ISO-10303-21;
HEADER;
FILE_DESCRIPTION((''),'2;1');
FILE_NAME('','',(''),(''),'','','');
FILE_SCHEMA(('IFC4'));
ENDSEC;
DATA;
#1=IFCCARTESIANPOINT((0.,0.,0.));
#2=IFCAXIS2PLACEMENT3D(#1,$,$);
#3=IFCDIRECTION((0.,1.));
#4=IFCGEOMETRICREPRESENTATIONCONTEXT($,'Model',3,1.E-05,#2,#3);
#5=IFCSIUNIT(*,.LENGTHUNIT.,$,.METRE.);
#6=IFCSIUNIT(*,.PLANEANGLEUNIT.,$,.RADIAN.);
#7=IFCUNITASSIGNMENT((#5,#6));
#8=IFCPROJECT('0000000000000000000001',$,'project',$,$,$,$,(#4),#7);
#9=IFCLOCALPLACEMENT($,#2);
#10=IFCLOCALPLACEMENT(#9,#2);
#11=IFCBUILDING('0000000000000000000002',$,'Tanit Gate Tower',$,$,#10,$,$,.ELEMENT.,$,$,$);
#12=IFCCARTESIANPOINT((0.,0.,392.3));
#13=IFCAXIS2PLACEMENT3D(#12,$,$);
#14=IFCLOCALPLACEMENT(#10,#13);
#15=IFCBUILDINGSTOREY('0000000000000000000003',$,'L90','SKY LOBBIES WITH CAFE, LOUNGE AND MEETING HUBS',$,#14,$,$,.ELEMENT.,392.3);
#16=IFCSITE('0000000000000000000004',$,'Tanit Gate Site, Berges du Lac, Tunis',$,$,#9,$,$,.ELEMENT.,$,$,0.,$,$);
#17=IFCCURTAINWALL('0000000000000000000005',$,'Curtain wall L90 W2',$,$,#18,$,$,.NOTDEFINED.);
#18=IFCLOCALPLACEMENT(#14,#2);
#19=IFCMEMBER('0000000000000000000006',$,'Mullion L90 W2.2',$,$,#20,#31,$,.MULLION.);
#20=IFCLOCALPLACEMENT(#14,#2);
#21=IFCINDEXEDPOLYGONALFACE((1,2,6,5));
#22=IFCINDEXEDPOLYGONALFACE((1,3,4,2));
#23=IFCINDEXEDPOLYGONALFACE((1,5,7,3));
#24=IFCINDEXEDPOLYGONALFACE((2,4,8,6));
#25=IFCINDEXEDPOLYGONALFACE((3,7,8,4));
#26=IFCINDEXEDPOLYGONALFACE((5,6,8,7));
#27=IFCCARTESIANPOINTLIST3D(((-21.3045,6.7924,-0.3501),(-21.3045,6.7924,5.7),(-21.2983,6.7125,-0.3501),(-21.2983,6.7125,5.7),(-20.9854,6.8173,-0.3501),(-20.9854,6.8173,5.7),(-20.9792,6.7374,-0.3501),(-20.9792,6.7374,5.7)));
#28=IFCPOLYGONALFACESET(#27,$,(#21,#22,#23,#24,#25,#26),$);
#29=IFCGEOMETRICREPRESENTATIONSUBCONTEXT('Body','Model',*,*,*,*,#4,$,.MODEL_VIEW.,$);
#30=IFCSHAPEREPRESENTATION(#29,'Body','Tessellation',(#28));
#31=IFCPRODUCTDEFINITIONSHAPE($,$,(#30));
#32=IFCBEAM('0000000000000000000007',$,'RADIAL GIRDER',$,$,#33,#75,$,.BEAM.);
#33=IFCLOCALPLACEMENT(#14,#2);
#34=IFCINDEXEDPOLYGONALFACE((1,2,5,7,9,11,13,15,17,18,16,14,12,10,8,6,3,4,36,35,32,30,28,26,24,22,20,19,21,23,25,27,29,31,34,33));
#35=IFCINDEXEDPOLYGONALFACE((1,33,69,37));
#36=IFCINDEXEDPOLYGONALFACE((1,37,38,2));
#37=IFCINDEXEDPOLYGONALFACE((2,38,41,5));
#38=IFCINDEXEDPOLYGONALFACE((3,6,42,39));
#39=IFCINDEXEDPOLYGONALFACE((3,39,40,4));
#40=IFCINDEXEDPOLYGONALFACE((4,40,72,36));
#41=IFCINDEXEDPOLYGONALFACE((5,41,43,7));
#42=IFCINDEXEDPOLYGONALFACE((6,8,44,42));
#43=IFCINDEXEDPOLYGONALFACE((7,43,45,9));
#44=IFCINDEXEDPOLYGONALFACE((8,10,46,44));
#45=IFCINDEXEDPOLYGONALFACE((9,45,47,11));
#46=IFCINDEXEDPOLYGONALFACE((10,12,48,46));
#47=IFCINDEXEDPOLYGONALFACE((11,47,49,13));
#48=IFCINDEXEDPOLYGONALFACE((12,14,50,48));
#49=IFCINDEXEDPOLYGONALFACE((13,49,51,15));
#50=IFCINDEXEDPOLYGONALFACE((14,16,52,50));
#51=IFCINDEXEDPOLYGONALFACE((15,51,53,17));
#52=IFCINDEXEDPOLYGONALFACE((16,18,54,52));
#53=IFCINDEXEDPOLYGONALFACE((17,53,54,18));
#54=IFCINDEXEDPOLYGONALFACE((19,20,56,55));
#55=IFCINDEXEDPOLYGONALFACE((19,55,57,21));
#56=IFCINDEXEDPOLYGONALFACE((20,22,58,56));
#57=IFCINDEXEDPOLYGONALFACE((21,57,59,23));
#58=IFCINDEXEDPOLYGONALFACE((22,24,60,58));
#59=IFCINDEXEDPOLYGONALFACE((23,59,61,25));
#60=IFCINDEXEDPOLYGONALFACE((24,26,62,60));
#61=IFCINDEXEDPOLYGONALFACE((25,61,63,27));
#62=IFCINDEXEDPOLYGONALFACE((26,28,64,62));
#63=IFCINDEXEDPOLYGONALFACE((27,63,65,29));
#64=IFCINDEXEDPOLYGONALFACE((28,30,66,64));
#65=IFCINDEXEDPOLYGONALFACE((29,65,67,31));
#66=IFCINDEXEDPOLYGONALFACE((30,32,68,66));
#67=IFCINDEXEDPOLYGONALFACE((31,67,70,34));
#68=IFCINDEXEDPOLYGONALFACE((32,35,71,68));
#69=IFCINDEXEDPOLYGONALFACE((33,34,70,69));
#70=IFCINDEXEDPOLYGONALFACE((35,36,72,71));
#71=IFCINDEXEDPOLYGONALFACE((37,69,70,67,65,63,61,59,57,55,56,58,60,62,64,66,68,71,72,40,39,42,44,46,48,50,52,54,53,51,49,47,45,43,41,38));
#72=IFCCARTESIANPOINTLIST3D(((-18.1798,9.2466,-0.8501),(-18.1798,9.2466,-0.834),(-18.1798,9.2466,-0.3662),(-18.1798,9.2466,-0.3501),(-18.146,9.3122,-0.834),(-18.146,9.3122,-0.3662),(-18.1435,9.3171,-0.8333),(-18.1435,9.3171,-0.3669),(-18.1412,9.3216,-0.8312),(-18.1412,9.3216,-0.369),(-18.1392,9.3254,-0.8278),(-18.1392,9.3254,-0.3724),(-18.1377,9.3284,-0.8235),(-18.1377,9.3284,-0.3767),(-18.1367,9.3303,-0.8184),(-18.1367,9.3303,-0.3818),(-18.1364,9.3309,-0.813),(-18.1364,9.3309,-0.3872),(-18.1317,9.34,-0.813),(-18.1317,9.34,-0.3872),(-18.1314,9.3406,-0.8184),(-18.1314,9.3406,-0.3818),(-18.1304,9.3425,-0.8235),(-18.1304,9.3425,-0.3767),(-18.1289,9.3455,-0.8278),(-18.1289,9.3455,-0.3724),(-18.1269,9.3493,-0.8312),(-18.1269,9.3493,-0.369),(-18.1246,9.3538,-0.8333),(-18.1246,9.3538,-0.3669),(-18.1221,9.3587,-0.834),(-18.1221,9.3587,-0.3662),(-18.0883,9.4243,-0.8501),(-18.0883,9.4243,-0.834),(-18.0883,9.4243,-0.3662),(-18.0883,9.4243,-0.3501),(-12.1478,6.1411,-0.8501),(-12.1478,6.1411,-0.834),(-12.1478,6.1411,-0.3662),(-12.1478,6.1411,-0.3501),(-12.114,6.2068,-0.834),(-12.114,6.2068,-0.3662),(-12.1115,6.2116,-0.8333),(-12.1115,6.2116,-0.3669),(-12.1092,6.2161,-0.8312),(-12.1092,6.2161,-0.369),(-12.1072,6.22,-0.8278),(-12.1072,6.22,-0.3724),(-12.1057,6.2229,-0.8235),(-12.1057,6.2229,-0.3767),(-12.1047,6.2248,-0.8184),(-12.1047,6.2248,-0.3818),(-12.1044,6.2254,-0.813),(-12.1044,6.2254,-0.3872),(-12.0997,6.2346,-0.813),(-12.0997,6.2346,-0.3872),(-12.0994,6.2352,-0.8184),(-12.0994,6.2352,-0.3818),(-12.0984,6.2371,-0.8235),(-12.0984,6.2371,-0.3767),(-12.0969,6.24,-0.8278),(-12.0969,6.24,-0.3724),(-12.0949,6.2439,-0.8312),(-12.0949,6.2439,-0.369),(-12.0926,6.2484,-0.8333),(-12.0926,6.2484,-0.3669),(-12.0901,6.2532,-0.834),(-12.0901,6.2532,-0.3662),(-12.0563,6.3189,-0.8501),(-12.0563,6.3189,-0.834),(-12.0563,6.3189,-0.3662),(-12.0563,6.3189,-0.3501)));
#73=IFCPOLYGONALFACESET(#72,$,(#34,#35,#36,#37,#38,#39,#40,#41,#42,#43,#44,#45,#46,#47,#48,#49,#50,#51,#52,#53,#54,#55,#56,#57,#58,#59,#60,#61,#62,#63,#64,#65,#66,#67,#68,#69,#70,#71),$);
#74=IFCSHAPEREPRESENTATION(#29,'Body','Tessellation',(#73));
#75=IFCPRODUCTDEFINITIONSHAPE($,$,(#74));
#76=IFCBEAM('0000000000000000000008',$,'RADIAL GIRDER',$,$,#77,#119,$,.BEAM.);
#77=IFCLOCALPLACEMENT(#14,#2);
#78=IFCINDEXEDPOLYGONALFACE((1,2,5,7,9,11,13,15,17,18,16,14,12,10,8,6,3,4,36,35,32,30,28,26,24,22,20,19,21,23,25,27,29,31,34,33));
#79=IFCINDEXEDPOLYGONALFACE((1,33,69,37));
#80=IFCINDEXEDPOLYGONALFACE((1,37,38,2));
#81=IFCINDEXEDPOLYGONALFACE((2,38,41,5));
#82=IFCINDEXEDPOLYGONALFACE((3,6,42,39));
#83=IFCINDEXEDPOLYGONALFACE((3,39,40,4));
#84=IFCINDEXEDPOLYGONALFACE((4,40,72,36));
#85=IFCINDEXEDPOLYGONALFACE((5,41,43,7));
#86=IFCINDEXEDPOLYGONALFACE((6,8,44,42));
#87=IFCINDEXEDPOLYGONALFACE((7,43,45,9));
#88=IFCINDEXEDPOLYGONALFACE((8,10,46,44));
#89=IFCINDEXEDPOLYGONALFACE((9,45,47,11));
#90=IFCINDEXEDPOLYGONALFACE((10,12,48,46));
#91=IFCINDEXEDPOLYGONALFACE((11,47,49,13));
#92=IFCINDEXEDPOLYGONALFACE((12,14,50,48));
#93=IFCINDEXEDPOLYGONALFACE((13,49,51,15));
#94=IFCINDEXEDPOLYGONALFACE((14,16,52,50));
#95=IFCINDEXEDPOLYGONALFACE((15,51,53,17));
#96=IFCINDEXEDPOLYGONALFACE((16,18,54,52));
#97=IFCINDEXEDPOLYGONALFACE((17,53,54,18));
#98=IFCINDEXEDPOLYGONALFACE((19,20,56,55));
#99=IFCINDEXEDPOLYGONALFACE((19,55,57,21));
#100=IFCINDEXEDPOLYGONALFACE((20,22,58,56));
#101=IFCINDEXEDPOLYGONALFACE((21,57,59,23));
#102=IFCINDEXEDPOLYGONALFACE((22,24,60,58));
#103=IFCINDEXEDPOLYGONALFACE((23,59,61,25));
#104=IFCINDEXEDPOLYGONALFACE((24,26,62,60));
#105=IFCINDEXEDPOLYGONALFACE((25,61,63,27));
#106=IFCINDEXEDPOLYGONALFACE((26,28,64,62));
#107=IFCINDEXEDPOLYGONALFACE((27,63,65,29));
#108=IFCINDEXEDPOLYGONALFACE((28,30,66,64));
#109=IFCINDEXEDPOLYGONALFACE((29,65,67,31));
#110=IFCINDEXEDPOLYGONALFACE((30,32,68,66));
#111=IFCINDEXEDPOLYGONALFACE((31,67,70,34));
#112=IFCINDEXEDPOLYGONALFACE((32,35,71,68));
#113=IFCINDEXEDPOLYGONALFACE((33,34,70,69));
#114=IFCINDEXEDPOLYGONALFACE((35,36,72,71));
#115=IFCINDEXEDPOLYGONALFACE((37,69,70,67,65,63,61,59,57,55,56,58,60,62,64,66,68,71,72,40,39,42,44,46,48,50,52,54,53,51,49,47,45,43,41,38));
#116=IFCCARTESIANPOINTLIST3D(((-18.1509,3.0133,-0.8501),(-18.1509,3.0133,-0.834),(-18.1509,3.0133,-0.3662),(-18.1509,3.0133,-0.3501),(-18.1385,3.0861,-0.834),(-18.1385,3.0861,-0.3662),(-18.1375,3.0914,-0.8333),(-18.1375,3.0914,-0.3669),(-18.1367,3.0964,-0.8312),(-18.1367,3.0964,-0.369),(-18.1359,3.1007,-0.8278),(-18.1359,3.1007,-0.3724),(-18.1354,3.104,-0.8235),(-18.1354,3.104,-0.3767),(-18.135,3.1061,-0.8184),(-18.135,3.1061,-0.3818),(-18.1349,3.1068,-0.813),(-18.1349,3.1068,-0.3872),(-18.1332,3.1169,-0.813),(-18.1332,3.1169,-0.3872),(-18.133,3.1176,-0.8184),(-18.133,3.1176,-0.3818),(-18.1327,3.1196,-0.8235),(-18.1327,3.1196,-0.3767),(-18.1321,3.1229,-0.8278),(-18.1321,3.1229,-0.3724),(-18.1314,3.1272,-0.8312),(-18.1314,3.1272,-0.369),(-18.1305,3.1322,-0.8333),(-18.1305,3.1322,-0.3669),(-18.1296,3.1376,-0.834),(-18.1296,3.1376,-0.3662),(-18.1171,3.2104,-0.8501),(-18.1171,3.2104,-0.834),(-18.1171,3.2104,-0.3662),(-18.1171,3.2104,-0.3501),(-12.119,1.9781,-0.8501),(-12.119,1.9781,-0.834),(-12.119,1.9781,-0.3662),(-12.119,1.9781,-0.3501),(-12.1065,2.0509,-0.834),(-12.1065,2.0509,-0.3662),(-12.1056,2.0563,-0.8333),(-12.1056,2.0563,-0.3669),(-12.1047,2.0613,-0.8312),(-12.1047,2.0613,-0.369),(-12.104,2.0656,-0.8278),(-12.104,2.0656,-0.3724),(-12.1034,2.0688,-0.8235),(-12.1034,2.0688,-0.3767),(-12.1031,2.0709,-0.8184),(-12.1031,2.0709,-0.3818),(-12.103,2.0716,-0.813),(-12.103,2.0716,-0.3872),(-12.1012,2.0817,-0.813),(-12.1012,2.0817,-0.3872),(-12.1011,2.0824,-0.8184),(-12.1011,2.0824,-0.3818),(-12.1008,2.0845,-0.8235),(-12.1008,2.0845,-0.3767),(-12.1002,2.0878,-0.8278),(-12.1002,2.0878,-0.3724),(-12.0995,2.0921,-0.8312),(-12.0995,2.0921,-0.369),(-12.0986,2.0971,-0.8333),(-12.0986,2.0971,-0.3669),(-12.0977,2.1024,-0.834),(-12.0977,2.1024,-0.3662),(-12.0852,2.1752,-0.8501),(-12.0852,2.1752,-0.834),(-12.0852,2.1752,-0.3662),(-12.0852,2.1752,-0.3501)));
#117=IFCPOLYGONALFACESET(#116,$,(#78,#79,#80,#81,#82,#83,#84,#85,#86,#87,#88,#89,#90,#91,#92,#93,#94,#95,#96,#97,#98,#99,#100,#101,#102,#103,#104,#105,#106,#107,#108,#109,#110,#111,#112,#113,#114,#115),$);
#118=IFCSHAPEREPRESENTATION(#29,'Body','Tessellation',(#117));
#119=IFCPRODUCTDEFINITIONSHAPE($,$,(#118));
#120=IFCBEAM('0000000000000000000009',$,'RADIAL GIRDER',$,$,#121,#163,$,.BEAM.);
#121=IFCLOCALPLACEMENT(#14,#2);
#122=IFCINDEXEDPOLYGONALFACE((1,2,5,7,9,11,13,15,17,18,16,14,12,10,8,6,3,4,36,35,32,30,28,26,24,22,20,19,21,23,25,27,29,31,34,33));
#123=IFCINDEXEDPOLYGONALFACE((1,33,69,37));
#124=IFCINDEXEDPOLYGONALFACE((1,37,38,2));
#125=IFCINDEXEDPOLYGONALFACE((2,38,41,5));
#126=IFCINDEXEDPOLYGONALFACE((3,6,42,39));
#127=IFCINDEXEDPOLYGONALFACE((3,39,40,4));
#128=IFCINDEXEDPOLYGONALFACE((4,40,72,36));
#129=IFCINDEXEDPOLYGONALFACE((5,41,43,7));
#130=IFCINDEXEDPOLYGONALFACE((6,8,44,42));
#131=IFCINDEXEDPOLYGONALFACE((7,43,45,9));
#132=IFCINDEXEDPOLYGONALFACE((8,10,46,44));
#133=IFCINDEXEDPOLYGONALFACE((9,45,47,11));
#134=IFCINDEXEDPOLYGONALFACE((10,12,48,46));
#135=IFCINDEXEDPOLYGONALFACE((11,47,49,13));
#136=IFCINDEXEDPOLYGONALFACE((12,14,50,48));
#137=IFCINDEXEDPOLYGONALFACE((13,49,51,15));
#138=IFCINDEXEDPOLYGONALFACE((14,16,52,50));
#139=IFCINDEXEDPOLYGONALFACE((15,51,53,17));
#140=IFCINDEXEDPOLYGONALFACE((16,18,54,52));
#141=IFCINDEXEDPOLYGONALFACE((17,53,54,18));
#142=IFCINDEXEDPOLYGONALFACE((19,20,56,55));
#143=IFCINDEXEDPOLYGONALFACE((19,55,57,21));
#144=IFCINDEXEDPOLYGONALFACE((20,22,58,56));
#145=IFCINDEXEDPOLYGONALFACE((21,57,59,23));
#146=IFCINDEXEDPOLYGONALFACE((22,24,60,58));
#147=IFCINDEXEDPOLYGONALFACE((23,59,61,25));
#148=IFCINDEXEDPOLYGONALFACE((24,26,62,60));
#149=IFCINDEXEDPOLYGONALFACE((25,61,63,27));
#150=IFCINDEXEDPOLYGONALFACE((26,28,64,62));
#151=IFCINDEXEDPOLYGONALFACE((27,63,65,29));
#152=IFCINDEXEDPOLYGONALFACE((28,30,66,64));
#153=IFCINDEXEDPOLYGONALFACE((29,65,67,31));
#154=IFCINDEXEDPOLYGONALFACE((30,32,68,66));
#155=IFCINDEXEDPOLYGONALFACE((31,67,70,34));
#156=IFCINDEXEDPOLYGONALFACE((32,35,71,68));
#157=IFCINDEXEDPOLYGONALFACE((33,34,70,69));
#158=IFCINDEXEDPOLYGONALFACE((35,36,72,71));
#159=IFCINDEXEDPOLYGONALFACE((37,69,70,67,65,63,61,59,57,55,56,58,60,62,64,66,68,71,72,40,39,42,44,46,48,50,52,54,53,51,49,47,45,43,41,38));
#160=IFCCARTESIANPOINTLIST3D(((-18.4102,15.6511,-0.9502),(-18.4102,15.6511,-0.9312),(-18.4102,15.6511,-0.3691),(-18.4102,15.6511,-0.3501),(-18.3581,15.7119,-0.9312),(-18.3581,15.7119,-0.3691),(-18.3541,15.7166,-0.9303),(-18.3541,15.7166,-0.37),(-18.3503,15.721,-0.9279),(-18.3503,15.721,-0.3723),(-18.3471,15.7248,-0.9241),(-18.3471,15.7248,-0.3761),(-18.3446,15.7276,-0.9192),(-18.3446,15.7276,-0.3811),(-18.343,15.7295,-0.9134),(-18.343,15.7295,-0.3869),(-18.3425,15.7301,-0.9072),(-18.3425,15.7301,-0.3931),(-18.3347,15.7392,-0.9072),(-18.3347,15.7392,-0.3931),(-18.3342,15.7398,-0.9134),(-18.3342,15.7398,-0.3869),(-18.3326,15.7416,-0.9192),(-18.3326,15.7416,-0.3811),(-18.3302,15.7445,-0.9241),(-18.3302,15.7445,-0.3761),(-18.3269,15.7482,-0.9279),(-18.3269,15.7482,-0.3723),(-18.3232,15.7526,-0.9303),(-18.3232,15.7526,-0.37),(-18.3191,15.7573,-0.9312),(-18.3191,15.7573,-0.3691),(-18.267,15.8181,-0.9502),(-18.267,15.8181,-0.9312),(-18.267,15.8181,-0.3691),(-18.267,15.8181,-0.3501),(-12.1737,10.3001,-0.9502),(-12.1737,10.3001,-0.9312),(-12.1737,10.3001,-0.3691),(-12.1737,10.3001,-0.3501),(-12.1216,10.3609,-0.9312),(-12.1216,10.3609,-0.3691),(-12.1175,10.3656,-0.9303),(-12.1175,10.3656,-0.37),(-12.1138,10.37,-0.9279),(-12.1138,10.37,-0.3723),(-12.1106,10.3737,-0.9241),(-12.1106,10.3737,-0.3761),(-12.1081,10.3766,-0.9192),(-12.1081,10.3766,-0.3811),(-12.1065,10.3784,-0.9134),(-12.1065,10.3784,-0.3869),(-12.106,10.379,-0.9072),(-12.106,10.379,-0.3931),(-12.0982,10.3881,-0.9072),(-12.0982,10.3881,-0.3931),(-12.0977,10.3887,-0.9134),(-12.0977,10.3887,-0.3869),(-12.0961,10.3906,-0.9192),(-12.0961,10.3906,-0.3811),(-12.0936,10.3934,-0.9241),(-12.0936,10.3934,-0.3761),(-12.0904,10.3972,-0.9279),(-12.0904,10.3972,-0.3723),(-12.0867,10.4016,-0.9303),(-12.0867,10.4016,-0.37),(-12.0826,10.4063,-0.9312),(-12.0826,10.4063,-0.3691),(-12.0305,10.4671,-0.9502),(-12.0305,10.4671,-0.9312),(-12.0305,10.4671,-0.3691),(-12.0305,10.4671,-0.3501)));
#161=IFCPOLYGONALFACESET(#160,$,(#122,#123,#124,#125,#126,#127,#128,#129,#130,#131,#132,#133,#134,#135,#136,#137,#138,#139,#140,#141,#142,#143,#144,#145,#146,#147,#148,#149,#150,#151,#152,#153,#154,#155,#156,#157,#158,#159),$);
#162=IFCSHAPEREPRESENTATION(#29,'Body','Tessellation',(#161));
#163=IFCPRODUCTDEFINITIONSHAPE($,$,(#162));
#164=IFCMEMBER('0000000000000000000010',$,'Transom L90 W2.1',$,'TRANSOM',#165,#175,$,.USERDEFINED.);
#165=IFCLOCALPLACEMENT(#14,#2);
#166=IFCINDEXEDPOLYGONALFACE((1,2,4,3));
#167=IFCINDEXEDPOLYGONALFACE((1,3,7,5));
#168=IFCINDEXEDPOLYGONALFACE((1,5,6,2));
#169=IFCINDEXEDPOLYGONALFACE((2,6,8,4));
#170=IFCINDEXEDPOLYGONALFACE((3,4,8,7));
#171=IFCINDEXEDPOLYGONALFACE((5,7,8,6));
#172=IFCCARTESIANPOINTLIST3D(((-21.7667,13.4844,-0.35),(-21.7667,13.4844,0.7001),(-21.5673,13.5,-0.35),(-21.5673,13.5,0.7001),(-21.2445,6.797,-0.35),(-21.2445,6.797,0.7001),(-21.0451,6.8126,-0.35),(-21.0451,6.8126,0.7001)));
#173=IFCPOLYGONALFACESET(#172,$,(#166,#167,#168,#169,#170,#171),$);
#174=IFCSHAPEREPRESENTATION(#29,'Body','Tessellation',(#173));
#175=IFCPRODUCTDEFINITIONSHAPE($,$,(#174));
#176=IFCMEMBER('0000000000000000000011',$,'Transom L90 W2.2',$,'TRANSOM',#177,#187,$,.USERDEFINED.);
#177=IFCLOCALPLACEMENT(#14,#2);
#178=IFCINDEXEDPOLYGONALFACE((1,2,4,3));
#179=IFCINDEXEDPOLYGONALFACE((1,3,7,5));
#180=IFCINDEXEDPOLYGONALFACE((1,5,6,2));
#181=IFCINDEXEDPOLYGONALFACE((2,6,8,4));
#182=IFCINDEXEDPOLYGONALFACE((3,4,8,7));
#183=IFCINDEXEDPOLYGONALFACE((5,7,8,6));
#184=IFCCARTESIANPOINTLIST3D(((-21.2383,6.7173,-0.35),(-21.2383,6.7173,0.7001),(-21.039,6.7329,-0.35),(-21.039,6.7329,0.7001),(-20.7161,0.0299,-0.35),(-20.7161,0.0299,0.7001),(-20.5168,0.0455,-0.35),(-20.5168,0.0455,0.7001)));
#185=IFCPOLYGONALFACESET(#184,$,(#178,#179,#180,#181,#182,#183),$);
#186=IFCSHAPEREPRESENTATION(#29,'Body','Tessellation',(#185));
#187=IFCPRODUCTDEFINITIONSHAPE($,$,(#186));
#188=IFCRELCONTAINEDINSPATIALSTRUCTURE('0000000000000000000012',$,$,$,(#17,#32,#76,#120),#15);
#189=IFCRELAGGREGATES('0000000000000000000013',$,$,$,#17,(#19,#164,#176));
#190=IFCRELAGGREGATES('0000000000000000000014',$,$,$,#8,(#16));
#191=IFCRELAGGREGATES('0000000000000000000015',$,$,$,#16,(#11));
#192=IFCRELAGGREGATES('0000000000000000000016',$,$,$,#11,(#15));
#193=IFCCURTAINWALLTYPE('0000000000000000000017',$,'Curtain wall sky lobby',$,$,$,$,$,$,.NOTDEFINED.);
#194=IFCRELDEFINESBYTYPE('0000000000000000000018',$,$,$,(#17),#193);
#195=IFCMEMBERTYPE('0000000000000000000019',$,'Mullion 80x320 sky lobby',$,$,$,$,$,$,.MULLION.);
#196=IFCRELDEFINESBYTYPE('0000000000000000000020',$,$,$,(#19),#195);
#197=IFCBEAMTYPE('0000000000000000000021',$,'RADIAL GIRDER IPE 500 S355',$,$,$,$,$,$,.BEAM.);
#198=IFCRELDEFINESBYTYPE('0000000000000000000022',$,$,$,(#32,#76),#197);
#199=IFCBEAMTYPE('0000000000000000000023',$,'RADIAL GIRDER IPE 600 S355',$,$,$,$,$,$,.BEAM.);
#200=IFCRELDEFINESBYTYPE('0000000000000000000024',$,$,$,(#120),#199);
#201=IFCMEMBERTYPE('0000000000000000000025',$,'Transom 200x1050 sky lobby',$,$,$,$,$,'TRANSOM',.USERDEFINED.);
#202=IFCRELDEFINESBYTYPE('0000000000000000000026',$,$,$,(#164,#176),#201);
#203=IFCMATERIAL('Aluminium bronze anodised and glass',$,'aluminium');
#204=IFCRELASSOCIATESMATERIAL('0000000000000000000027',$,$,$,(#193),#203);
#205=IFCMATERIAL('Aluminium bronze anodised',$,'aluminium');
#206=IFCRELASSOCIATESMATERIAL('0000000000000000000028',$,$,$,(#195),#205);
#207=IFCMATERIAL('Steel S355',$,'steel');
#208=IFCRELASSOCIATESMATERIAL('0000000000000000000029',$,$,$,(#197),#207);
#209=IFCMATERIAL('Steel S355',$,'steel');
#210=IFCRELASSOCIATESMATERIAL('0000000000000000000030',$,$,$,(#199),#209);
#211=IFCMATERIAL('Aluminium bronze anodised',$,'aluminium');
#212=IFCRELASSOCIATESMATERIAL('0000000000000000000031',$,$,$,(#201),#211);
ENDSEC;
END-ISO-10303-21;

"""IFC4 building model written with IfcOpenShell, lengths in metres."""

from ifc_helpers import new_model, si_unit, direction, frame, origin, origin_2d, place, context, subcontext, project, spatial, rectangle, i_section, extrude, material, material_profile, profile_set, type_object, element, aggregate, save


model = new_model("IFC4")

# Units and contexts
model_context = context("Model", 3, precision=1e-05, world=origin(), true_north=direction((0.0, 1.0)))
body_context = subcontext(model_context, "Body", "Model", "MODEL_VIEW")
ifc_project = project(units=[si_unit("LENGTHUNIT", "METRE"), si_unit("PLANEANGLEUNIT", "RADIAN")], contexts=[model_context])

# Site, building, storey
site_placement = place(None, origin())
site = spatial("IfcSite", under=ifc_project, at=site_placement, Name="Tanit Gate Site, Berges du Lac, Tunis", CompositionType="ELEMENT", RefElevation=0.0)
building_placement = place(site_placement, origin())
building = spatial("IfcBuilding", under=site, at=building_placement, Name="Tanit Gate Tower", CompositionType="ELEMENT")
storey_placement = place(building_placement, frame((0.0, 0.0, 392.3)))
storey = spatial("IfcBuildingStorey", under=building, at=storey_placement, Name="L90", Description="SKY LOBBIES WITH CAFE, LOUNGE AND MEETING HUBS", CompositionType="ELEMENT", Elevation=392.3)

# Shared definitions
ifc_material_1 = material(Name="Aluminium bronze anodised and glass", Category="aluminium")
curtain_wall_type = type_object("IfcCurtainWallType", Name="Curtain wall sky lobby", PredefinedType="NOTDEFINED", material=ifc_material_1)
ifc_material_2 = material(Name="Aluminium bronze anodised", Category="aluminium")
ifc_material_profile_1 = material_profile(ifc_material_2, rectangle(XDim=0.3201, YDim=0.0801, at=origin_2d()), Name="80x320 bronze mullion")
ifc_profile_set_1 = profile_set([ifc_material_profile_1], Name="Aluminium bronze anodised")
member_type_1 = type_object("IfcMemberType", Name="Mullion 80x320 sky lobby", PredefinedType="MULLION", material=ifc_profile_set_1)

# Curtain wall, member
curtain_wall_1_placement = place(storey_placement, origin())
curtain_wall_1 = element("IfcCurtainWall", 1, at=curtain_wall_1_placement, inside=storey, type_object=curtain_wall_type, Name="Curtain wall L90 W2", PredefinedType="NOTDEFINED")
member_1_placement = place(storey_placement, frame((-21.1418, 6.7649, -0.3501), z_axis=(0.0, 0.0, 1.0), x_axis=(0.996966, 0.077839, 0.0)))
member_1 = element("IfcMember", 2, at=member_1_placement, type_object=member_type_1, Name="Mullion L90 W2.2", PredefinedType="MULLION", context=body_context, shape_type="SweptSolid", body=[
    extrude(rectangle(XDim=0.3201, YDim=0.0801, at=origin_2d()), origin(), (0.0, 0.0, 1.0), 6.05),
])

# Beams
ifc_material_3 = material(Name="Steel S355", Category="steel")
ifc_material_profile_2 = material_profile(ifc_material_3, i_section(OverallWidth=0.2, OverallDepth=0.5, WebThickness=0.0103, FlangeThickness=0.0161, FilletRadius=0.021, at=origin_2d()), Name="IPE 500")
ifc_profile_set_2 = profile_set([ifc_material_profile_2], Name="Steel S355")
beam_type_1 = type_object("IfcBeamType", Name="RADIAL GIRDER IPE 500 S355", PredefinedType="BEAM", material=ifc_profile_set_2)
beam_1_placement = place(storey_placement, frame((-18.134, 9.3354, -0.6001), z_axis=(0.88909, -0.457733, 0.0), x_axis=(0.457733, 0.88909, 0.0)))
element("IfcBeam", 3, at=beam_1_placement, inside=storey, type_object=beam_type_1, Name="RADIAL GIRDER", PredefinedType="BEAM", context=body_context, shape_type="SweptSolid", body=[
    extrude(i_section(OverallWidth=0.2, OverallDepth=0.5, WebThickness=0.0103, FlangeThickness=0.0161, FilletRadius=0.021, at=origin_2d()), origin(), (0.0, 0.0, 1.0), 6.7844),
])
beam_2_placement = place(storey_placement, frame((-18.134, 3.1118, -0.6001), z_axis=(0.985592, -0.169139, 0.0), x_axis=(0.169139, 0.985592, 0.0)))
element("IfcBeam", 4, at=beam_2_placement, inside=storey, type_object=beam_type_1, Name="RADIAL GIRDER", PredefinedType="BEAM", context=body_context, shape_type="SweptSolid", body=[
    extrude(i_section(OverallWidth=0.2, OverallDepth=0.5, WebThickness=0.0103, FlangeThickness=0.0161, FilletRadius=0.021, at=origin_2d()), origin(), (0.0, 0.0, 1.0), 6.1201),
])
ifc_material_4 = material(Name="Steel S355", Category="steel")
ifc_material_profile_3 = material_profile(ifc_material_4, i_section(OverallWidth=0.22, OverallDepth=0.6001, WebThickness=0.012, FlangeThickness=0.019, FilletRadius=0.0239, at=origin_2d()), Name="IPE 600")
ifc_profile_set_3 = profile_set([ifc_material_profile_3], Name="Steel S355")
beam_type_2 = type_object("IfcBeamType", Name="RADIAL GIRDER IPE 600 S355", PredefinedType="BEAM", material=ifc_profile_set_3)
beam_3_placement = place(storey_placement, frame((-18.3386, 15.7346, -0.6501), z_axis=(0.758929, -0.651173, 0.0), x_axis=(0.651173, 0.758929, 0.0)))
element("IfcBeam", 5, at=beam_3_placement, inside=storey, type_object=beam_type_2, Name="RADIAL GIRDER", PredefinedType="BEAM", context=body_context, shape_type="SweptSolid", body=[
    extrude(i_section(OverallWidth=0.22, OverallDepth=0.6001, WebThickness=0.012, FlangeThickness=0.019, FilletRadius=0.0239, at=origin_2d()), origin(), (0.0, 0.0, 1.0), 8.2175),
])

# Members
ifc_material_5 = material(Name="Aluminium bronze anodised", Category="aluminium")
ifc_material_profile_4 = material_profile(ifc_material_5, rectangle(XDim=0.2, YDim=1.05, at=origin_2d()), Name="200x1050 bronze transom")
ifc_profile_set_4 = profile_set([ifc_material_profile_4], Name="Aluminium bronze anodised")
member_type_2 = type_object("IfcMemberType", Name="Transom 200x1050 sky lobby", ElementType="TRANSOM", PredefinedType="USERDEFINED", material=ifc_profile_set_4)
member_2_placement = place(storey_placement, frame((-21.667, 13.4922, 0.175), z_axis=(0.077851, -0.996965, 0.0), x_axis=(0.996965, 0.077851, 0.0)))
member_2 = element("IfcMember", 6, at=member_2_placement, type_object=member_type_2, Name="Transom L90 W2.1", ObjectType="TRANSOM", PredefinedType="USERDEFINED", context=body_context, shape_type="SweptSolid", body=[
    extrude(rectangle(XDim=0.2, YDim=1.05, at=origin_2d()), origin(), (0.0, 0.0, 1.0), 6.7078),
])
member_3_placement = place(storey_placement, frame((-21.1387, 6.7251, 0.175), z_axis=(0.077851, -0.996965, 0.0), x_axis=(0.996965, 0.077851, 0.0)))
member_3 = element("IfcMember", 7, at=member_3_placement, type_object=member_type_2, Name="Transom L90 W2.2", ObjectType="TRANSOM", PredefinedType="USERDEFINED", context=body_context, shape_type="SweptSolid", body=[
    extrude(rectangle(XDim=0.2, YDim=1.05, at=origin_2d()), origin(), (0.0, 0.0, 1.0), 6.7078),
])

aggregate(curtain_wall_1, [member_1, member_2, member_3])

save(model, "model.ifc")
